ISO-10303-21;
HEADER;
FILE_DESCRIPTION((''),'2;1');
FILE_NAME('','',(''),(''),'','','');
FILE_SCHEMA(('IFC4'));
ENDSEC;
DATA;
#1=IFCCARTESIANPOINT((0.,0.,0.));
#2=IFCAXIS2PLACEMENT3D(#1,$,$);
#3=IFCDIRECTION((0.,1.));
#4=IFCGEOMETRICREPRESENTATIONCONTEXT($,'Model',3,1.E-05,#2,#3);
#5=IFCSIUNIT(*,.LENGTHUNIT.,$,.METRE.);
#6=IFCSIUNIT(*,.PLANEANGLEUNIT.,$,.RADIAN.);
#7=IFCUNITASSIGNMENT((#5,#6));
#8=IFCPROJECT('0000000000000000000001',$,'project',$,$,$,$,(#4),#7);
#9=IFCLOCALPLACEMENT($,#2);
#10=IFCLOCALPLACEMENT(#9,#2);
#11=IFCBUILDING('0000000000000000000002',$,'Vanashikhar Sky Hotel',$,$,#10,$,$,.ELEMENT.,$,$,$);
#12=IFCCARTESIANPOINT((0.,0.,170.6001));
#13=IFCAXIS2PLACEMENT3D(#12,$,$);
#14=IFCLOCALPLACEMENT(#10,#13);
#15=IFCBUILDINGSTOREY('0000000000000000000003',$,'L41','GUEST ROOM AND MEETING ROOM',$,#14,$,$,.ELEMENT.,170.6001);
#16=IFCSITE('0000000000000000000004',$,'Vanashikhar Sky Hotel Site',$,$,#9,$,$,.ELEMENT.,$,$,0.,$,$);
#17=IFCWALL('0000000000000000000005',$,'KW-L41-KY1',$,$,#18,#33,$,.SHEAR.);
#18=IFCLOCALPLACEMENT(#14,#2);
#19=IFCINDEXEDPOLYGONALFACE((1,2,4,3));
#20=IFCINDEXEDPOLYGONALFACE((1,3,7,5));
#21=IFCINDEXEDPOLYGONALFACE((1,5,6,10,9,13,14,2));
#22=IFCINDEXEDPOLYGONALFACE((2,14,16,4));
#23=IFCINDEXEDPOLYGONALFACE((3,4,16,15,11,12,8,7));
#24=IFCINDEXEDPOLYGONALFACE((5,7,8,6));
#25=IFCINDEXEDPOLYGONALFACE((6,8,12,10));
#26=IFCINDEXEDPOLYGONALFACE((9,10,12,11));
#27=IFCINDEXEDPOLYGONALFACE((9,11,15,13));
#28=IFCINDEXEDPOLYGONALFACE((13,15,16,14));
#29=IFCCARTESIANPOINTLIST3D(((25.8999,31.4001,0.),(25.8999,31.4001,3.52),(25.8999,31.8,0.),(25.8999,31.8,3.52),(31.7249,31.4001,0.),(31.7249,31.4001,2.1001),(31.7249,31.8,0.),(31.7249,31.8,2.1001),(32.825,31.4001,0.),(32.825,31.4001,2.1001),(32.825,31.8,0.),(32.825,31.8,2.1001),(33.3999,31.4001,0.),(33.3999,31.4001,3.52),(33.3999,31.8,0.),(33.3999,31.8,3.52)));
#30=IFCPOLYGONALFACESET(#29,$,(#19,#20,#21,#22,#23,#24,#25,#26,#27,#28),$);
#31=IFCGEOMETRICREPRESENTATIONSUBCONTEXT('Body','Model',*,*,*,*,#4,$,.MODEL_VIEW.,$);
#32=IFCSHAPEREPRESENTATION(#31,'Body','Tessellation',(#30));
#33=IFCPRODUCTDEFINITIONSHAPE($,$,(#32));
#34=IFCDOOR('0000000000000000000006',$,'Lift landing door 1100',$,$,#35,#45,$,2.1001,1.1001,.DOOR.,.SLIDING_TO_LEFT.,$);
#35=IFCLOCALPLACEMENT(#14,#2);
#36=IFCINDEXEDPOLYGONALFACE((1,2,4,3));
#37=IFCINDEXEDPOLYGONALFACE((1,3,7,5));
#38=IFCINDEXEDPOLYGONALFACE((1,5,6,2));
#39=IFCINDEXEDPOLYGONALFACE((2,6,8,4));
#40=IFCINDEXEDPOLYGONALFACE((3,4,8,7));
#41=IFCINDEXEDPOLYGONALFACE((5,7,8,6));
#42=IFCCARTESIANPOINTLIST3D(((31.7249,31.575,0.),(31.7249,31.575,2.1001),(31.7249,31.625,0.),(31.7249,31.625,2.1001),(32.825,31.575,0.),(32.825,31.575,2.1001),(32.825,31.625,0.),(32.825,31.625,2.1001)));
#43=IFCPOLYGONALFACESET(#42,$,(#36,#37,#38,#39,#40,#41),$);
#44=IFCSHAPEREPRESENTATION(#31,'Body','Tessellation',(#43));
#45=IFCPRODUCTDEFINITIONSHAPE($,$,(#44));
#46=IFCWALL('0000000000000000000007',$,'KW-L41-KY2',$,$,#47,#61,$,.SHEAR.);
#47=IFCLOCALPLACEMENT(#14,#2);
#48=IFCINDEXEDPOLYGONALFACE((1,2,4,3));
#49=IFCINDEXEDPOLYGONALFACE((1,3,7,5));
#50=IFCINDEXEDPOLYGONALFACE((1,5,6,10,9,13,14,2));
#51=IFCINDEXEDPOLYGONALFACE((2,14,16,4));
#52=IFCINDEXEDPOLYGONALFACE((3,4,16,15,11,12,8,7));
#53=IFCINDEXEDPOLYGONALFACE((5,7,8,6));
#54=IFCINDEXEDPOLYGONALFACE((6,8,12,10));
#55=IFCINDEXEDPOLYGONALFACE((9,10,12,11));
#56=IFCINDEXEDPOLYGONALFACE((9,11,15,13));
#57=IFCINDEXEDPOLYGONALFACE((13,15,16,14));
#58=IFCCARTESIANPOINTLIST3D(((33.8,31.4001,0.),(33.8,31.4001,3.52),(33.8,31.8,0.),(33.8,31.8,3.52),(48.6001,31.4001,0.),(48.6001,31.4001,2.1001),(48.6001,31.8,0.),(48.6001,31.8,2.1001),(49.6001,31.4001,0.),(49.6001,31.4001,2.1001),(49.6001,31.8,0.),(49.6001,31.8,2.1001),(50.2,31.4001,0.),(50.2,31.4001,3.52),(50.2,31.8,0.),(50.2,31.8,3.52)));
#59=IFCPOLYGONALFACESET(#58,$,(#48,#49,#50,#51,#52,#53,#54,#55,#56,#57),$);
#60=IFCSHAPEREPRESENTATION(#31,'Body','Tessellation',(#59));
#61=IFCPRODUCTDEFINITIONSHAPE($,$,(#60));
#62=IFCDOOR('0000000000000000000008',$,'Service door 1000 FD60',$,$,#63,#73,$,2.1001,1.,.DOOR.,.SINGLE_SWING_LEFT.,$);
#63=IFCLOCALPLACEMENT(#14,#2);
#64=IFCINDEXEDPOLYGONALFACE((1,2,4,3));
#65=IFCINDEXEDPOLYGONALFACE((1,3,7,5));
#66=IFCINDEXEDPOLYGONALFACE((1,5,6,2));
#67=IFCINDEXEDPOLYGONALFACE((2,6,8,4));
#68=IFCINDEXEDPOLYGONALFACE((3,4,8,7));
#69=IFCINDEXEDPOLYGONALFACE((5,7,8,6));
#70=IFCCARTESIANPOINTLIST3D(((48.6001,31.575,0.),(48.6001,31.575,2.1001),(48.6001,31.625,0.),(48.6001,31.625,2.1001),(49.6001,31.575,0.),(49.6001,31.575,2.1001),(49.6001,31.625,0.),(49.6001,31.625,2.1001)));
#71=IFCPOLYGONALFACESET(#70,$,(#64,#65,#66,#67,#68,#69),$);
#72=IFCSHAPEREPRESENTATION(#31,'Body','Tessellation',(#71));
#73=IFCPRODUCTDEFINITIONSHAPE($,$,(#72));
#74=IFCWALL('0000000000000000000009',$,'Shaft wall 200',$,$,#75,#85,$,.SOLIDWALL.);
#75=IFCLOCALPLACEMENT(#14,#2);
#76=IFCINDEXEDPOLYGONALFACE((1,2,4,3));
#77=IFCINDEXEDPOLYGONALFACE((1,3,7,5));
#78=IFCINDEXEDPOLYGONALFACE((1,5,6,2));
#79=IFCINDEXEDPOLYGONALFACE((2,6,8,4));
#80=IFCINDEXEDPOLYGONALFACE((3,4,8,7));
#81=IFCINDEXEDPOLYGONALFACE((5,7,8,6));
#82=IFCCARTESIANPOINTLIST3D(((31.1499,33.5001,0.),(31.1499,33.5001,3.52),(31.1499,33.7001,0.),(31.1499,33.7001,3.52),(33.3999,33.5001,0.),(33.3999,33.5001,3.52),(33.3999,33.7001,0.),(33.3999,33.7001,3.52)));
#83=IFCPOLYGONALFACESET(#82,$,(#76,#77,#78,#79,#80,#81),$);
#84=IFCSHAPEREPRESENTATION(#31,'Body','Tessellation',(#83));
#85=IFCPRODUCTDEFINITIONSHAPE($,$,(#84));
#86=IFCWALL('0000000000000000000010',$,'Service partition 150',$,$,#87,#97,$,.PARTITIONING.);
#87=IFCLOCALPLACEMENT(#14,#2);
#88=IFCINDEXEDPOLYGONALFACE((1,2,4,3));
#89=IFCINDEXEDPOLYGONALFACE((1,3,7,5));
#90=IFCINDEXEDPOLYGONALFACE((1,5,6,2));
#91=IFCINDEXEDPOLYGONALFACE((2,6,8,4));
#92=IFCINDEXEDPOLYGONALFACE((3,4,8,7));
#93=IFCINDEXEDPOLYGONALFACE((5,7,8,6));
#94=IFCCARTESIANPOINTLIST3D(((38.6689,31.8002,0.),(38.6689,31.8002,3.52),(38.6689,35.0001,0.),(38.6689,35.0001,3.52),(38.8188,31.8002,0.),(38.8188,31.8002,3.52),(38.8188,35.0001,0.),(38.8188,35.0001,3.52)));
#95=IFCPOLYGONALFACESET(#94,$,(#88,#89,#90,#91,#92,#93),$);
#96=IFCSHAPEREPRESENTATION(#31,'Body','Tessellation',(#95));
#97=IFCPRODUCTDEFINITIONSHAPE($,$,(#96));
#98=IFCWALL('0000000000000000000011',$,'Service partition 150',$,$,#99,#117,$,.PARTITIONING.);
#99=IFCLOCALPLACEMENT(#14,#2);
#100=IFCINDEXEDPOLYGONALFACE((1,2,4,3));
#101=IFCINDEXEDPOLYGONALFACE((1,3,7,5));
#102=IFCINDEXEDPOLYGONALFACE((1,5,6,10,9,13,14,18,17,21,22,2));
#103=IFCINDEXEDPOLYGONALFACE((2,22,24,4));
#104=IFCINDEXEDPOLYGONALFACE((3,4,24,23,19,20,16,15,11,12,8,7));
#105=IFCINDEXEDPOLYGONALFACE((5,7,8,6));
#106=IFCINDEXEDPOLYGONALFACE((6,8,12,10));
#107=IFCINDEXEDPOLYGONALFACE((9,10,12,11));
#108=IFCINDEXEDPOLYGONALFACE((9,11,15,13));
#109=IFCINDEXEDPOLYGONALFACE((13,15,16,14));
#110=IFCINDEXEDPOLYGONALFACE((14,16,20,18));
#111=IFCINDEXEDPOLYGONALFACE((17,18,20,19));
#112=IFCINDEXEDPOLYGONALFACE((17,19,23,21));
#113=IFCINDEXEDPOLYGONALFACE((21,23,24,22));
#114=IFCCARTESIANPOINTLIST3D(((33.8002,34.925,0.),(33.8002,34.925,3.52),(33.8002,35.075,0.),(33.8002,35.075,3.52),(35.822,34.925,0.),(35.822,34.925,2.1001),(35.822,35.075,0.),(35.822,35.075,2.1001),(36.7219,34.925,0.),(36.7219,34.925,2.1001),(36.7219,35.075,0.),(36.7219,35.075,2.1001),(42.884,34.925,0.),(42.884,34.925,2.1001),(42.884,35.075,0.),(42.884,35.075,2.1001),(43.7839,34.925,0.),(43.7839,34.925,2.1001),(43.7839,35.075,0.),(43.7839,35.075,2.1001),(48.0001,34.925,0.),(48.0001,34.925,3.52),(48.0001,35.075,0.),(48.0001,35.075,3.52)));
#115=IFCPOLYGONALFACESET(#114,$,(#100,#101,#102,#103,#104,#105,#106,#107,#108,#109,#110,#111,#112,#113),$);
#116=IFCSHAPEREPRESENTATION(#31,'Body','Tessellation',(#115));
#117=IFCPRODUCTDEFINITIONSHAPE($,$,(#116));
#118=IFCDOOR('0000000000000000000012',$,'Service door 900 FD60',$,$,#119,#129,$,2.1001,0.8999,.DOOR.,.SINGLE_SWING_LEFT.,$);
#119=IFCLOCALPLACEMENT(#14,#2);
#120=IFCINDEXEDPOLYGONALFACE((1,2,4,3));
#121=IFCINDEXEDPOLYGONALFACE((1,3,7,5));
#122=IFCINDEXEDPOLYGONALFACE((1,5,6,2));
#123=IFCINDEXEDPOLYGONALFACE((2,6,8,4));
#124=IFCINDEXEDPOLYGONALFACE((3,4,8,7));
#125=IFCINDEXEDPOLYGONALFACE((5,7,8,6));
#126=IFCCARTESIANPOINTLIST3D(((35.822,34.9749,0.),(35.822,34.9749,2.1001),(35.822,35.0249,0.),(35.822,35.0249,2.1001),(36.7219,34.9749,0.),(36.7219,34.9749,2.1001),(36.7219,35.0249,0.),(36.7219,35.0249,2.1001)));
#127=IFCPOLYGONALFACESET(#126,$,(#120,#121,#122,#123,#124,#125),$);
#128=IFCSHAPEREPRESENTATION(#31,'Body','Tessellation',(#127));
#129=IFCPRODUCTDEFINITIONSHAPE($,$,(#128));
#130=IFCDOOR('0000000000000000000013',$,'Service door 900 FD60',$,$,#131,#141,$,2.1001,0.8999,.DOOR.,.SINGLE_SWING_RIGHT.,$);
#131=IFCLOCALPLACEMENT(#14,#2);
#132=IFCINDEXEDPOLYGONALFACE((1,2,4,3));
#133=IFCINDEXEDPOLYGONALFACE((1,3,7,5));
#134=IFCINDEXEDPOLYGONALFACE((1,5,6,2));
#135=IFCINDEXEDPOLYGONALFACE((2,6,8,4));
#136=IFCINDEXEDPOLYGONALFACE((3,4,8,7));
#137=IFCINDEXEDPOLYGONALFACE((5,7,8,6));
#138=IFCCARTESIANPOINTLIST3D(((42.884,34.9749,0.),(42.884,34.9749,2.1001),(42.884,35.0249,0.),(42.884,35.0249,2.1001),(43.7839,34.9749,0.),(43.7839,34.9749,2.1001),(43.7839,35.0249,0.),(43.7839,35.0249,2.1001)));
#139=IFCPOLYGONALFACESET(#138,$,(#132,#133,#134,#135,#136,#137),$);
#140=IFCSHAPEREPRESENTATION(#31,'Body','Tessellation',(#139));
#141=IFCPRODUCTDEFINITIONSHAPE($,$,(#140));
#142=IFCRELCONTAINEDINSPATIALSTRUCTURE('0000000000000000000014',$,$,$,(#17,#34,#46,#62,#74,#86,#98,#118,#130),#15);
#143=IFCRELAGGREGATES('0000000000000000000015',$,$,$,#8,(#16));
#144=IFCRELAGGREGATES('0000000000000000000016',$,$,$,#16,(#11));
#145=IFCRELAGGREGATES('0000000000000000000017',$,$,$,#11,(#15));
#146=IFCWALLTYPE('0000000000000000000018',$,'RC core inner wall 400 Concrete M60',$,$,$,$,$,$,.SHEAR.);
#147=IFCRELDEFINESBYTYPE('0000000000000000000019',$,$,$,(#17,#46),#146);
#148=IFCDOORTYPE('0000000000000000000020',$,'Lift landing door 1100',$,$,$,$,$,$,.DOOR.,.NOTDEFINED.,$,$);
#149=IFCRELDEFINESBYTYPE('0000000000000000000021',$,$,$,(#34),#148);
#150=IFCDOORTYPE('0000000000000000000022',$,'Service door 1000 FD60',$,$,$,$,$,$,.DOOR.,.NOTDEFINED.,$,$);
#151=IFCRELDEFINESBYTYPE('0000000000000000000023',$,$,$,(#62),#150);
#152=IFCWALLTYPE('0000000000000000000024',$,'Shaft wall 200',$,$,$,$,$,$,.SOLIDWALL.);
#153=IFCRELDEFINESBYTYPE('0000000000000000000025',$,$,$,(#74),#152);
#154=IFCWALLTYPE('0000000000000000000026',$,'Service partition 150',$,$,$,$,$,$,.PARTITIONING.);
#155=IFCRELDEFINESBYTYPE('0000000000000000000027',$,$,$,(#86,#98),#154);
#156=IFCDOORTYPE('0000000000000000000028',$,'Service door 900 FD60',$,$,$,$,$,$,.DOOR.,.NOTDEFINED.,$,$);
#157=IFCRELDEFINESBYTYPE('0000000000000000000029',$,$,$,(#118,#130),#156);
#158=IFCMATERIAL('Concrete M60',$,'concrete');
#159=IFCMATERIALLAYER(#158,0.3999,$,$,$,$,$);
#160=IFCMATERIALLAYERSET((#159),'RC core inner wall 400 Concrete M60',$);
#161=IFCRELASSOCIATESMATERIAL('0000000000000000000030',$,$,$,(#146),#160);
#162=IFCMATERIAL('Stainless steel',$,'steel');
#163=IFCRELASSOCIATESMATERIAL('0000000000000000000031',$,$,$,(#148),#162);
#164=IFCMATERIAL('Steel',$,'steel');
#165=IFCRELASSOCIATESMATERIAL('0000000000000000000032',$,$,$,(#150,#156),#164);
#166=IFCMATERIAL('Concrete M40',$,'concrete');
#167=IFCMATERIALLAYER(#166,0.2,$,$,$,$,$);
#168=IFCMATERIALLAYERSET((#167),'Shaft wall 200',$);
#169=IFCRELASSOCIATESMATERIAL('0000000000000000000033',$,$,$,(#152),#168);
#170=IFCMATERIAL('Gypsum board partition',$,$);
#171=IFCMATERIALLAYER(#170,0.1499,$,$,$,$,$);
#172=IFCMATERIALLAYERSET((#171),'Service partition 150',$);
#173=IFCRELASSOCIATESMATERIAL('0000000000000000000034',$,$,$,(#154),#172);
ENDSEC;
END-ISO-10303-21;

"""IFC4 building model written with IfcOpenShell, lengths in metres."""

from ifc_helpers import new_model, si_unit, direction, frame, frame_2d, origin, place, context, subcontext, project, spatial, rectangle, extrude, source, transform, mapped, material, layer, layer_set, type_object, element, fill, save


model = new_model("IFC4")

# Units and contexts
model_context = context("Model", 3, precision=1e-05, world=origin(), true_north=direction((0.0, 1.0)))
body_context = subcontext(model_context, "Body", "Model", "MODEL_VIEW")
ifc_project = project(units=[si_unit("LENGTHUNIT", "METRE"), si_unit("PLANEANGLEUNIT", "RADIAN")], contexts=[model_context])

# Site, building, storey
site_placement = place(None, origin())
site = spatial("IfcSite", under=ifc_project, at=site_placement, Name="Vanashikhar Sky Hotel Site", CompositionType="ELEMENT", RefElevation=0.0)
building_placement = place(site_placement, origin())
building = spatial("IfcBuilding", under=site, at=building_placement, Name="Vanashikhar Sky Hotel", CompositionType="ELEMENT")
storey_placement = place(building_placement, frame((0.0, 0.0, 170.6001)))
storey = spatial("IfcBuildingStorey", under=building, at=storey_placement, Name="L41", Description="GUEST ROOM AND MEETING ROOM", CompositionType="ELEMENT", Elevation=170.6001)

# Walls, openings, doors
ifc_material_1 = material(Name="Concrete M60", Category="concrete")
ifc_layer_1 = layer(ifc_material_1, 0.3999)
ifc_layer_set_1 = layer_set([ifc_layer_1], Name="RC core inner wall 400 Concrete M60")
wall_type_1 = type_object("IfcWallType", Name="RC core inner wall 400 Concrete M60", PredefinedType="SHEAR", material=ifc_layer_set_1)
shared_shape_1 = source(origin(), body_context, "Body", "SweptSolid", [
    extrude(rectangle(XDim=7.5, YDim=0.3999, at=frame_2d((3.75, 0.0))), origin(), (0.0, 0.0, 1.0), 3.52),
])
wall_1_placement = place(storey_placement, frame((25.8999, 31.6001, 0.0), z_axis=(0.0, 0.0, 1.0), x_axis=(1.0, 0.0, 0.0)))
wall_1 = element("IfcWall", 1, at=wall_1_placement, inside=storey, type_object=wall_type_1, Name="KW-L41-KY1", PredefinedType="SHEAR", context=body_context, shape_type="MappedRepresentation", body=[
    mapped(shared_shape_1, transform((0.0, 0.0, 0.0), scale=1.0)),
])
shared_shape_2 = source(origin(), body_context, "Body", "SweptSolid", [
    extrude(rectangle(XDim=1.1001, YDim=2.1001, at=frame_2d((0.55, 1.05))), frame((0.0, 0.21, 0.0), z_axis=(0.0, -1.0, 0.0), x_axis=(1.0, 0.0, 0.0)), (0.0, 0.0, 1.0), 0.4199),
])
opening_1_placement = place(wall_1_placement, frame((5.825, 0.0, 0.0)))
opening_1 = element("IfcOpeningElement", 2, at=opening_1_placement, cuts=wall_1, PredefinedType="OPENING", context=body_context, shape_type="MappedRepresentation", body=[
    mapped(shared_shape_2, transform((0.0, 0.0, 0.0), scale=1.0)),
])
ifc_material_2 = material(Name="Stainless steel", Category="steel")
door_type_1 = type_object("IfcDoorType", Name="Lift landing door 1100", OperationType="NOTDEFINED", PredefinedType="DOOR", material=ifc_material_2)
shared_shape_3 = source(origin(), body_context, "Body", "SweptSolid", [
    extrude(rectangle(XDim=1.1001, YDim=2.1001, at=frame_2d((0.55, 1.05))), frame((0.0, 0.0249, 0.0), z_axis=(0.0, -1.0, 0.0), x_axis=(1.0, 0.0, 0.0)), (0.0, 0.0, 1.0), 0.05),
])
door_1_placement = place(opening_1_placement, origin())
door_1 = element("IfcDoor", 3, at=door_1_placement, inside=storey, type_object=door_type_1, Name="Lift landing door 1100", OperationType="SLIDING_TO_LEFT", OverallHeight=2.1001, OverallWidth=1.1001, PredefinedType="DOOR", context=body_context, shape_type="MappedRepresentation", body=[
    mapped(shared_shape_3, transform((0.0, 0.0, 0.0), scale=1.0)),
])
fill(opening_1, door_1)
shared_shape_4 = source(origin(), body_context, "Body", "SweptSolid", [
    extrude(rectangle(XDim=16.3999, YDim=0.3999, at=frame_2d((8.2, 0.0))), origin(), (0.0, 0.0, 1.0), 3.52),
])
wall_2_placement = place(storey_placement, frame((33.8, 31.6001, 0.0), z_axis=(0.0, 0.0, 1.0), x_axis=(1.0, 0.0, 0.0)))
wall_2 = element("IfcWall", 4, at=wall_2_placement, inside=storey, type_object=wall_type_1, Name="KW-L41-KY2", PredefinedType="SHEAR", context=body_context, shape_type="MappedRepresentation", body=[
    mapped(shared_shape_4, transform((0.0, 0.0, 0.0), scale=1.0)),
])
shared_shape_5 = source(origin(), body_context, "Body", "SweptSolid", [
    extrude(rectangle(XDim=1.0, YDim=2.1001, at=frame_2d((0.5, 1.05))), frame((0.0, 0.21, 0.0), z_axis=(0.0, -1.0, 0.0), x_axis=(1.0, 0.0, 0.0)), (0.0, 0.0, 1.0), 0.4199),
])
opening_2_placement = place(wall_2_placement, frame((14.8, 0.0, 0.0)))
opening_2 = element("IfcOpeningElement", 5, at=opening_2_placement, cuts=wall_2, PredefinedType="OPENING", context=body_context, shape_type="MappedRepresentation", body=[
    mapped(shared_shape_5, transform((0.0, 0.0, 0.0), scale=1.0)),
])
ifc_material_3 = material(Name="Steel", Category="steel")
door_type_2 = type_object("IfcDoorType", Name="Service door 1000 FD60", OperationType="NOTDEFINED", PredefinedType="DOOR", material=ifc_material_3)
shared_shape_6 = source(origin(), body_context, "Body", "SweptSolid", [
    extrude(rectangle(XDim=1.0, YDim=2.1001, at=frame_2d((0.5, 1.05))), frame((0.0, 0.0249, 0.0), z_axis=(0.0, -1.0, 0.0), x_axis=(1.0, 0.0, 0.0)), (0.0, 0.0, 1.0), 0.05),
])
door_2_placement = place(opening_2_placement, origin())
door_2 = element("IfcDoor", 6, at=door_2_placement, inside=storey, type_object=door_type_2, Name="Service door 1000 FD60", OperationType="SINGLE_SWING_LEFT", OverallHeight=2.1001, OverallWidth=1.0, PredefinedType="DOOR", context=body_context, shape_type="MappedRepresentation", body=[
    mapped(shared_shape_6, transform((0.0, 0.0, 0.0), scale=1.0)),
])
fill(opening_2, door_2)

# Walls
ifc_material_4 = material(Name="Concrete M40", Category="concrete")
ifc_layer_2 = layer(ifc_material_4, 0.2)
ifc_layer_set_2 = layer_set([ifc_layer_2], Name="Shaft wall 200")
wall_type_2 = type_object("IfcWallType", Name="Shaft wall 200", PredefinedType="SOLIDWALL", material=ifc_layer_set_2)
shared_shape_7 = source(origin(), body_context, "Body", "SweptSolid", [
    extrude(rectangle(XDim=2.25, YDim=0.2, at=frame_2d((1.125, 0.0))), origin(), (0.0, 0.0, 1.0), 3.52),
])
wall_3_placement = place(storey_placement, frame((31.1499, 33.6001, 0.0), z_axis=(0.0, 0.0, 1.0), x_axis=(1.0, 0.0, 0.0)))
element("IfcWall", 7, at=wall_3_placement, inside=storey, type_object=wall_type_2, Name="Shaft wall 200", PredefinedType="SOLIDWALL", context=body_context, shape_type="MappedRepresentation", body=[
    mapped(shared_shape_7, transform((0.0, 0.0, 0.0), scale=1.0)),
])
ifc_material_5 = material(Name="Gypsum board partition")
ifc_layer_3 = layer(ifc_material_5, 0.1499)
ifc_layer_set_3 = layer_set([ifc_layer_3], Name="Service partition 150")
wall_type_3 = type_object("IfcWallType", Name="Service partition 150", PredefinedType="PARTITIONING", material=ifc_layer_set_3)
shared_shape_8 = source(origin(), body_context, "Body", "SweptSolid", [
    extrude(rectangle(XDim=3.2, YDim=0.1499, at=frame_2d((1.6001, 0.0))), origin(), (0.0, 0.0, 1.0), 3.52),
])
wall_4_placement = place(storey_placement, frame((38.7439, 31.8, 0.0), z_axis=(0.0, 0.0, 1.0), x_axis=(0.0, 1.0, 0.0)))
element("IfcWall", 8, at=wall_4_placement, inside=storey, type_object=wall_type_3, Name="Service partition 150", PredefinedType="PARTITIONING", context=body_context, shape_type="MappedRepresentation", body=[
    mapped(shared_shape_8, transform((0.0, 0.0, 0.0), scale=1.0)),
])

# Wall, openings, doors
shared_shape_9 = source(origin(), body_context, "Body", "SweptSolid", [
    extrude(rectangle(XDim=14.2, YDim=0.1499, at=frame_2d((7.1001, 0.0))), origin(), (0.0, 0.0, 1.0), 3.52),
])
wall_5_placement = place(storey_placement, frame((33.8, 35.0, 0.0), z_axis=(0.0, 0.0, 1.0), x_axis=(1.0, 0.0, 0.0)))
wall_5 = element("IfcWall", 9, at=wall_5_placement, inside=storey, type_object=wall_type_3, Name="Service partition 150", PredefinedType="PARTITIONING", context=body_context, shape_type="MappedRepresentation", body=[
    mapped(shared_shape_9, transform((0.0, 0.0, 0.0), scale=1.0)),
])
shared_shape_10 = source(origin(), body_context, "Body", "SweptSolid", [
    extrude(rectangle(XDim=0.8999, YDim=2.1001, at=frame_2d((0.45, 1.05))), frame((0.0, 0.085, 0.0), z_axis=(0.0, -1.0, 0.0), x_axis=(1.0, 0.0, 0.0)), (0.0, 0.0, 1.0), 0.1699),
])
opening_3_placement = place(wall_5_placement, frame((2.022, 0.0, 0.0)))
opening_3 = element("IfcOpeningElement", 10, at=opening_3_placement, cuts=wall_5, PredefinedType="OPENING", context=body_context, shape_type="MappedRepresentation", body=[
    mapped(shared_shape_10, transform((0.0, 0.0, 0.0), scale=1.0)),
])
opening_4_placement = place(wall_5_placement, frame((9.084, 0.0, 0.0)))
opening_4 = element("IfcOpeningElement", 11, at=opening_4_placement, cuts=wall_5, PredefinedType="OPENING", context=body_context, shape_type="MappedRepresentation", body=[
    mapped(shared_shape_10, transform((0.0, 0.0, 0.0), scale=1.0)),
])
door_type_3 = type_object("IfcDoorType", Name="Service door 900 FD60", OperationType="NOTDEFINED", PredefinedType="DOOR", material=ifc_material_3)
shared_shape_11 = source(origin(), body_context, "Body", "SweptSolid", [
    extrude(rectangle(XDim=0.8999, YDim=2.1001, at=frame_2d((0.45, 1.05))), frame((0.0, 0.0249, 0.0), z_axis=(0.0, -1.0, 0.0), x_axis=(1.0, 0.0, 0.0)), (0.0, 0.0, 1.0), 0.05),
])
door_3_placement = place(opening_3_placement, origin())
door_3 = element("IfcDoor", 12, at=door_3_placement, inside=storey, type_object=door_type_3, Name="Service door 900 FD60", OperationType="SINGLE_SWING_LEFT", OverallHeight=2.1001, OverallWidth=0.8999, PredefinedType="DOOR", context=body_context, shape_type="MappedRepresentation", body=[
    mapped(shared_shape_11, transform((0.0, 0.0, 0.0), scale=1.0)),
])
fill(opening_3, door_3)
door_4_placement = place(opening_4_placement, origin())
door_4 = element("IfcDoor", 13, at=door_4_placement, inside=storey, type_object=door_type_3, Name="Service door 900 FD60", OperationType="SINGLE_SWING_RIGHT", OverallHeight=2.1001, OverallWidth=0.8999, PredefinedType="DOOR", context=body_context, shape_type="MappedRepresentation", body=[
    mapped(shared_shape_11, transform((0.0, 0.0, 0.0), scale=1.0)),
])
fill(opening_4, door_4)

save(model, "model.ifc")
